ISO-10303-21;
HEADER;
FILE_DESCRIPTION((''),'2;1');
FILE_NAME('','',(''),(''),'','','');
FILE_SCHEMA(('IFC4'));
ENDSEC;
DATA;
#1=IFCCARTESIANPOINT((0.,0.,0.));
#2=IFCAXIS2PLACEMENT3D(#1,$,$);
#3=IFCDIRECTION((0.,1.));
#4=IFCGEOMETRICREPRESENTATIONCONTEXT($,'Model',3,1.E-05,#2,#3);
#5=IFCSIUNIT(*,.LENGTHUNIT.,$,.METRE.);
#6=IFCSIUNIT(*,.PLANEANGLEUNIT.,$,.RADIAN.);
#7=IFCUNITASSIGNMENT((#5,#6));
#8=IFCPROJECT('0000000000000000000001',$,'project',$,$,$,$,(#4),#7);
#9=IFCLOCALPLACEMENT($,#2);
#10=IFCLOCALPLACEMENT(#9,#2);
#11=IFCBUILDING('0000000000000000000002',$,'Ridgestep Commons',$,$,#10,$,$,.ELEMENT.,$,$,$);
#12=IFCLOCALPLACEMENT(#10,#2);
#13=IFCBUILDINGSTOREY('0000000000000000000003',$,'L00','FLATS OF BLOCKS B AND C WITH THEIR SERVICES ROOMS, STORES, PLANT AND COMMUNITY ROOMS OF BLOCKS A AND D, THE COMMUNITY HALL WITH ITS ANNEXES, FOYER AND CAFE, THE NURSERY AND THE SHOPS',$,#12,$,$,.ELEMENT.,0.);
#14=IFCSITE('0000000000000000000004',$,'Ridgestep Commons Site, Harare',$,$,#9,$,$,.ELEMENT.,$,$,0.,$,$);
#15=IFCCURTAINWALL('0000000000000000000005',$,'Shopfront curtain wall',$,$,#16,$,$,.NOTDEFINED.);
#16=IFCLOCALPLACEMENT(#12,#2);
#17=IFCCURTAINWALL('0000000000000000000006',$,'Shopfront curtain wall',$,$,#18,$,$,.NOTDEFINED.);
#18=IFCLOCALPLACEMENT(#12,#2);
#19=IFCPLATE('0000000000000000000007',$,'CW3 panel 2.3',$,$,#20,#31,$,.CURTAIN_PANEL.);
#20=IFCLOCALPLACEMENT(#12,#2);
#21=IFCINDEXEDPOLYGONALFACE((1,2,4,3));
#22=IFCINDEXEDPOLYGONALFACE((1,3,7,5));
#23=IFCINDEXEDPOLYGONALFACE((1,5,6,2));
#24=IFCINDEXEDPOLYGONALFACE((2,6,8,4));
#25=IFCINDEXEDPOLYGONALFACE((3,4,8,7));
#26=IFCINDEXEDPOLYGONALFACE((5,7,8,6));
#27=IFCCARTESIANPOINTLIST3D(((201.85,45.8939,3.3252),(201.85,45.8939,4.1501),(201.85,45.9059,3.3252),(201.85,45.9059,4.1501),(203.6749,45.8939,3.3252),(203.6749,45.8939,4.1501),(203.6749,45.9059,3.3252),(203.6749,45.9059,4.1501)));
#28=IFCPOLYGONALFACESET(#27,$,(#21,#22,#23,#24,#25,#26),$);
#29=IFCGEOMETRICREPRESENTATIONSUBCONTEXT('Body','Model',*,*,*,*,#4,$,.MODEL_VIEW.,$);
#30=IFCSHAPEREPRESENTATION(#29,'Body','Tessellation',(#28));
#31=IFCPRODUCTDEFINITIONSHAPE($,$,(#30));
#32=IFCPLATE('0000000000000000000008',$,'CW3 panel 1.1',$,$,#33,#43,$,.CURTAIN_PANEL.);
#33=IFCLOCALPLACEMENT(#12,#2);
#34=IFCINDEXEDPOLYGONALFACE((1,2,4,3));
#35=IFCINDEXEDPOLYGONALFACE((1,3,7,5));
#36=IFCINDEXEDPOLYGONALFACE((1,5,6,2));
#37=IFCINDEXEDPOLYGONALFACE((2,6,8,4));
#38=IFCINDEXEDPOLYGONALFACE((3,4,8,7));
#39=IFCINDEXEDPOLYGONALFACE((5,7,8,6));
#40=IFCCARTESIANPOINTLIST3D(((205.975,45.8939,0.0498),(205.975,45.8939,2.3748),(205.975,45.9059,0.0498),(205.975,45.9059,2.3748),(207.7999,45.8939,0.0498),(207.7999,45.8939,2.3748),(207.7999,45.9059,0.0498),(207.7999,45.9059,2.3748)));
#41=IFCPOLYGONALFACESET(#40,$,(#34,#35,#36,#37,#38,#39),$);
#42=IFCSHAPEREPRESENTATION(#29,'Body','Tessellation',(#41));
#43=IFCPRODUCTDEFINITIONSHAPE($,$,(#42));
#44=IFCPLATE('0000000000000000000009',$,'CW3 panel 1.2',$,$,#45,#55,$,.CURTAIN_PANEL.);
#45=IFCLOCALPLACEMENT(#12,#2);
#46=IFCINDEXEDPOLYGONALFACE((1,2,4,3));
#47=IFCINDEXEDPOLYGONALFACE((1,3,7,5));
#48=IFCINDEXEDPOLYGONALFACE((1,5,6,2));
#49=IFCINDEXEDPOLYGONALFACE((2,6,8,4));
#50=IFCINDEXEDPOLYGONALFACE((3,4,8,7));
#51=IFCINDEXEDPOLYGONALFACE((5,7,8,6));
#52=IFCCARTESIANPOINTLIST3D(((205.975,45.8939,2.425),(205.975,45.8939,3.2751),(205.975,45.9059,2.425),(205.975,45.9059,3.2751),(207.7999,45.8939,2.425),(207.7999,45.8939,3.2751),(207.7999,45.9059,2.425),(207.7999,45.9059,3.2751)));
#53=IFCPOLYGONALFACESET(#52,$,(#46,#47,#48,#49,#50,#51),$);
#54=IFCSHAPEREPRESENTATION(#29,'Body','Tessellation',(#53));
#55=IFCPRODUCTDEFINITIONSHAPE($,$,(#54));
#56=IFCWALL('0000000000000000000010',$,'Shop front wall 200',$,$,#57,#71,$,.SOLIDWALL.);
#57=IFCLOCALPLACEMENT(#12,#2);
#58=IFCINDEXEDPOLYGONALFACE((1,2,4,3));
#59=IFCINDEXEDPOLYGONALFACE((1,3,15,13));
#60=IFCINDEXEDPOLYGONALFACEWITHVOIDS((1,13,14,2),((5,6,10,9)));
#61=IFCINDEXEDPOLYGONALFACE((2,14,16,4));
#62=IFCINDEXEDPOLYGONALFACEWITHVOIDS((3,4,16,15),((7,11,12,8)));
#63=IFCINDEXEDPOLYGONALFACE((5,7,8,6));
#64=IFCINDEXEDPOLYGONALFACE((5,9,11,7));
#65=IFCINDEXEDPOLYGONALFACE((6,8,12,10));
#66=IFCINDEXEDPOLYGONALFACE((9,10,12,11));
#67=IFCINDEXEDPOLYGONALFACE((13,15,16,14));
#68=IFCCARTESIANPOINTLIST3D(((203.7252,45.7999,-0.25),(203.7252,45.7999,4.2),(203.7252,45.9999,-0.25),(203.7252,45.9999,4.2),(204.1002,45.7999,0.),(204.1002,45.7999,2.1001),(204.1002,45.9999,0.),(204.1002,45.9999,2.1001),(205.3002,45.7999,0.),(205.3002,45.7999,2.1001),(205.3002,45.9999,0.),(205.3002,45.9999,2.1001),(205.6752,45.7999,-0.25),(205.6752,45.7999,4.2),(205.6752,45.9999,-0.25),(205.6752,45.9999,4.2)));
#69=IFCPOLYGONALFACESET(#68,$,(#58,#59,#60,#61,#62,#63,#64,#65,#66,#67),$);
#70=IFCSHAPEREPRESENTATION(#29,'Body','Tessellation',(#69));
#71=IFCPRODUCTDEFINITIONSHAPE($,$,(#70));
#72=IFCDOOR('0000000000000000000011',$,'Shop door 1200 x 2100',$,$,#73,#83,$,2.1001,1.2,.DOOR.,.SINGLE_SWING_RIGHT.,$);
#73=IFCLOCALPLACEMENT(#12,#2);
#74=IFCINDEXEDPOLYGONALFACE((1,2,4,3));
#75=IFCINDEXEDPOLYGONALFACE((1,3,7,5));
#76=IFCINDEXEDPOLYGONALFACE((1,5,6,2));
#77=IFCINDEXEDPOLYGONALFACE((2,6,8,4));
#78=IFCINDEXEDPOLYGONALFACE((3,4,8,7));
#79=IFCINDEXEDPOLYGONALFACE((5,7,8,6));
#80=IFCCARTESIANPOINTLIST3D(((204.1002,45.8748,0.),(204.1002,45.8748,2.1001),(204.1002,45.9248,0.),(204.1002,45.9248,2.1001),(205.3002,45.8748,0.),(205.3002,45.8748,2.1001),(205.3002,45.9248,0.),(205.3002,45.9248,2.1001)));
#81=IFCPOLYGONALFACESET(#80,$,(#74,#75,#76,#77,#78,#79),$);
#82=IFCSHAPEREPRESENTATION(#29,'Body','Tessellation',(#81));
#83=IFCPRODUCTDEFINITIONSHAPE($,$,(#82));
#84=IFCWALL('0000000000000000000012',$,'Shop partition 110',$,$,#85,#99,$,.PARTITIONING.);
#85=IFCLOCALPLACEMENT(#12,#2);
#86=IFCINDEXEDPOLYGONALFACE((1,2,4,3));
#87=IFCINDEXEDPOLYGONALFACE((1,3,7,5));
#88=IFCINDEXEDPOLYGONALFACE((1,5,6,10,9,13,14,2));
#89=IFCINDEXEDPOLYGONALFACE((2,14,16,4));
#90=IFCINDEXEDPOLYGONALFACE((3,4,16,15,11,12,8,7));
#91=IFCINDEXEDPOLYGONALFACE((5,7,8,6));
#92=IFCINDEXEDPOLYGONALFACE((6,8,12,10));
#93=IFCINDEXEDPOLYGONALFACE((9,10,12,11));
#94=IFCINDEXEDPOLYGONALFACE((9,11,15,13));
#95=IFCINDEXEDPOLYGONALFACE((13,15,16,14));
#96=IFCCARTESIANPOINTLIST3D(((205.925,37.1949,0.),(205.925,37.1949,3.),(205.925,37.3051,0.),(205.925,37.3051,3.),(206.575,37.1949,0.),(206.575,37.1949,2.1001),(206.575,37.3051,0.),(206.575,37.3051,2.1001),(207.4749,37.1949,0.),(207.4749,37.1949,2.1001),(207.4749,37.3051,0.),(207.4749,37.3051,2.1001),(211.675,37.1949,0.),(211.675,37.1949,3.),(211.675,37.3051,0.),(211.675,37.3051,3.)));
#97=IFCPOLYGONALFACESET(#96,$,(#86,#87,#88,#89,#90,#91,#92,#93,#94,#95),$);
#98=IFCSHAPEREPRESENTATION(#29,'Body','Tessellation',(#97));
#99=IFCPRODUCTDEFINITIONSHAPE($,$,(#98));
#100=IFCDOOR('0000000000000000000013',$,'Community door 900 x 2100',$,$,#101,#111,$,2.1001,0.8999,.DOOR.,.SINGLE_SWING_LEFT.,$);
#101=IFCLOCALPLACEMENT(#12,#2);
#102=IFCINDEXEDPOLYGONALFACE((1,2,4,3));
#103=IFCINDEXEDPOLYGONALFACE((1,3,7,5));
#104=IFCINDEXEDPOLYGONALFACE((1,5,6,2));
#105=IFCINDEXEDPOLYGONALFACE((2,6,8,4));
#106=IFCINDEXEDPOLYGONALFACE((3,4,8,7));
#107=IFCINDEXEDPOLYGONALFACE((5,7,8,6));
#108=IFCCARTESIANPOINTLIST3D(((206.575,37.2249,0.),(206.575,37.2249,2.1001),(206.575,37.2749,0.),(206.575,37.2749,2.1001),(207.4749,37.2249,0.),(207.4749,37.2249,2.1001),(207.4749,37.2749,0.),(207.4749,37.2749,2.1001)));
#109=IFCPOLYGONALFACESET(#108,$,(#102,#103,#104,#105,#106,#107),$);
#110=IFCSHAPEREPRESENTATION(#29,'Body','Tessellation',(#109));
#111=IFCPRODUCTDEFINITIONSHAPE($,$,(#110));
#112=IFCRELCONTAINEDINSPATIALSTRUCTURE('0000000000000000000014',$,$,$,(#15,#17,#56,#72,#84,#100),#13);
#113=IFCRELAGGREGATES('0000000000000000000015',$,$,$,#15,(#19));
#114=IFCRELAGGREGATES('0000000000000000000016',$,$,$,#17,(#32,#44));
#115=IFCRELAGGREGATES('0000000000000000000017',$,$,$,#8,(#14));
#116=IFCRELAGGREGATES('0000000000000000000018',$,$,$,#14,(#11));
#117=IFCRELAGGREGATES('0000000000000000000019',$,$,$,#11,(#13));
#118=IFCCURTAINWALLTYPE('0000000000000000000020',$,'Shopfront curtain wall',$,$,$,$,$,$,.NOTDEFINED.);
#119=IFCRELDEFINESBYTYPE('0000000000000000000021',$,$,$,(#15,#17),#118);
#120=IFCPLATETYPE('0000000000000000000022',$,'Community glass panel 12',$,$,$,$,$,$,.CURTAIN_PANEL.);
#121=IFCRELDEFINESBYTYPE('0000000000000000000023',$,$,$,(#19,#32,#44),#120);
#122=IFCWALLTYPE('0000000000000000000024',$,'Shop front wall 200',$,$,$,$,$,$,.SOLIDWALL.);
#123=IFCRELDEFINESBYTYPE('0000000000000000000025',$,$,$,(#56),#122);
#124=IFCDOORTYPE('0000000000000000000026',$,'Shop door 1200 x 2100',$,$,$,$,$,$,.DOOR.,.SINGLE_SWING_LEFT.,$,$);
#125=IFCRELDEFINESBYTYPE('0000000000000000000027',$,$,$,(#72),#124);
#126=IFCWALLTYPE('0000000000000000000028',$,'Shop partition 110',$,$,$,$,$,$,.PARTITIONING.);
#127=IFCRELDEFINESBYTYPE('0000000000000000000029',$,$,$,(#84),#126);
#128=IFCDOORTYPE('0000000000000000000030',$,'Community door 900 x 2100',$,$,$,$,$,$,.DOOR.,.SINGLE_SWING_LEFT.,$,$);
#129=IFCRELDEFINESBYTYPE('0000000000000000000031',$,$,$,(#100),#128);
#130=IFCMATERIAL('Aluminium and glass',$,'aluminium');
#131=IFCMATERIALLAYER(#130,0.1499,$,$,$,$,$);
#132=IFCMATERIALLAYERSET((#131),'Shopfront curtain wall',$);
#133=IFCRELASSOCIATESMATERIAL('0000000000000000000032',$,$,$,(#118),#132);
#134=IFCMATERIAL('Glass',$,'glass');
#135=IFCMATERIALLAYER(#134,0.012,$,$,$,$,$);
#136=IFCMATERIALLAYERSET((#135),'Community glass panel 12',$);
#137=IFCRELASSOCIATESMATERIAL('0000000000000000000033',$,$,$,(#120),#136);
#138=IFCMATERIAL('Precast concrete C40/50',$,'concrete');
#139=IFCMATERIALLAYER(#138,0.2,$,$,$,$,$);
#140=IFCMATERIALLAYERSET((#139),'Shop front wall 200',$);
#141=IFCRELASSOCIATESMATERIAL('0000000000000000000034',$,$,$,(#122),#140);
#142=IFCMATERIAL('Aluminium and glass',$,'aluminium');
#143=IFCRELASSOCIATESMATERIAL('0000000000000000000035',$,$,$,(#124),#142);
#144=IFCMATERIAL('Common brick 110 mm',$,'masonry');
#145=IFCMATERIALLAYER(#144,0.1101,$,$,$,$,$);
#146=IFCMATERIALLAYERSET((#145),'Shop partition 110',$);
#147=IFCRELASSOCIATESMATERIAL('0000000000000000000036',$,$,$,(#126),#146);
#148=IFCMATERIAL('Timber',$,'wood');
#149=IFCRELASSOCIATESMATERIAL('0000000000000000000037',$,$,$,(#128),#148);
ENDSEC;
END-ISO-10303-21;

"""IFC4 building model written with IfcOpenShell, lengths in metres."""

from ifc_helpers import new_model, si_unit, direction, frame, frame_2d, origin, origin_2d, place, context, subcontext, project, spatial, rectangle, extrude, material, layer, layer_set, type_object, element, fill, aggregate, save


model = new_model("IFC4")

# Units and contexts
model_context = context("Model", 3, precision=1e-05, world=origin(), true_north=direction((0.0, 1.0)))
body_context = subcontext(model_context, "Body", "Model", "MODEL_VIEW")
ifc_project = project(units=[si_unit("LENGTHUNIT", "METRE"), si_unit("PLANEANGLEUNIT", "RADIAN")], contexts=[model_context])

# Site, building, storey
site_placement = place(None, origin())
site = spatial("IfcSite", under=ifc_project, at=site_placement, Name="Ridgestep Commons Site, Harare", CompositionType="ELEMENT", RefElevation=0.0)
building_placement = place(site_placement, origin())
building = spatial("IfcBuilding", under=site, at=building_placement, Name="Ridgestep Commons", CompositionType="ELEMENT")
storey_placement = place(building_placement, origin())
storey = spatial("IfcBuildingStorey", under=building, at=storey_placement, Name="L00", Description="FLATS OF BLOCKS B AND C WITH THEIR SERVICES ROOMS, STORES, PLANT AND COMMUNITY ROOMS OF BLOCKS A AND D, THE COMMUNITY HALL WITH ITS ANNEXES, FOYER AND CAFE, THE NURSERY AND THE SHOPS", CompositionType="ELEMENT", Elevation=0.0)

# Curtain wall
ifc_material_1 = material(Name="Aluminium and glass", Category="aluminium")
ifc_layer_1 = layer(ifc_material_1, 0.1499)
ifc_layer_set_1 = layer_set([ifc_layer_1], Name="Shopfront curtain wall")
curtain_wall_type = type_object("IfcCurtainWallType", Name="Shopfront curtain wall", PredefinedType="NOTDEFINED", material=ifc_layer_set_1)
curtain_wall_1_placement = place(storey_placement, origin())
curtain_wall_1 = element("IfcCurtainWall", 1, at=curtain_wall_1_placement, inside=storey, type_object=curtain_wall_type, Name="Shopfront curtain wall", PredefinedType="NOTDEFINED")

# Curtain wall
curtain_wall_2_placement = place(storey_placement, origin())
curtain_wall_2 = element("IfcCurtainWall", 2, at=curtain_wall_2_placement, inside=storey, type_object=curtain_wall_type, Name="Shopfront curtain wall", PredefinedType="NOTDEFINED")

# Plates
ifc_material_2 = material(Name="Glass", Category="glass")
ifc_layer_2 = layer(ifc_material_2, 0.012)
ifc_layer_set_2 = layer_set([ifc_layer_2], Name="Community glass panel 12")
plate_type = type_object("IfcPlateType", Name="Community glass panel 12", PredefinedType="CURTAIN_PANEL", material=ifc_layer_set_2)
plate_1_placement = place(storey_placement, frame((202.7625, 45.8999, 3.3252), z_axis=(0.0, 0.0, 1.0), x_axis=(1.0, 0.0, 0.0)))
plate_1 = element("IfcPlate", 3, at=plate_1_placement, type_object=plate_type, Name="CW3 panel 2.3", PredefinedType="CURTAIN_PANEL", context=body_context, shape_type="SweptSolid", body=[
    extrude(rectangle(XDim=1.825, YDim=0.012, at=origin_2d()), origin(), (0.0, 0.0, 1.0), 0.825),
])
aggregate(curtain_wall_1, [plate_1])
plate_2_placement = place(storey_placement, frame((206.8875, 45.8999, 0.0498), z_axis=(0.0, 0.0, 1.0), x_axis=(1.0, 0.0, 0.0)))
plate_2 = element("IfcPlate", 4, at=plate_2_placement, type_object=plate_type, Name="CW3 panel 1.1", PredefinedType="CURTAIN_PANEL", context=body_context, shape_type="SweptSolid", body=[
    extrude(rectangle(XDim=1.825, YDim=0.012, at=origin_2d()), origin(), (0.0, 0.0, 1.0), 2.325),
])
plate_3_placement = place(storey_placement, frame((206.8875, 45.8999, 2.425), z_axis=(0.0, 0.0, 1.0), x_axis=(1.0, 0.0, 0.0)))
plate_3 = element("IfcPlate", 5, at=plate_3_placement, type_object=plate_type, Name="CW3 panel 1.2", PredefinedType="CURTAIN_PANEL", context=body_context, shape_type="SweptSolid", body=[
    extrude(rectangle(XDim=1.825, YDim=0.012, at=origin_2d()), origin(), (0.0, 0.0, 1.0), 0.8501),
])
aggregate(curtain_wall_2, [plate_2, plate_3])

# Walls, openings, doors
ifc_material_3 = material(Name="Precast concrete C40/50", Category="concrete")
ifc_layer_3 = layer(ifc_material_3, 0.2)
ifc_layer_set_3 = layer_set([ifc_layer_3], Name="Shop front wall 200")
wall_type_1 = type_object("IfcWallType", Name="Shop front wall 200", PredefinedType="SOLIDWALL", material=ifc_layer_set_3)
wall_1_placement = place(storey_placement, frame((203.7251, 45.8999, -0.25), z_axis=(0.0, 0.0, 1.0), x_axis=(1.0, 0.0, 0.0)))
wall_1 = element("IfcWall", 6, at=wall_1_placement, inside=storey, type_object=wall_type_1, Name="Shop front wall 200", PredefinedType="SOLIDWALL", context=body_context, shape_type="SweptSolid", body=[
    extrude(rectangle(XDim=1.95, YDim=0.2, at=frame_2d((0.9751, 0.0))), origin(), (0.0, 0.0, 1.0), 4.45),
])
opening_1_placement = place(wall_1_placement, frame((0.375, 0.0, 0.25)))
opening_1 = element("IfcOpeningElement", 7, at=opening_1_placement, cuts=wall_1, PredefinedType="OPENING", context=body_context, shape_type="SweptSolid", body=[
    extrude(rectangle(XDim=1.2, YDim=2.1001, at=frame_2d((0.6001, 1.05))), frame((0.0, 0.1099, 0.0), z_axis=(0.0, -1.0, 0.0), x_axis=(1.0, 0.0, 0.0)), (0.0, 0.0, 1.0), 0.22),
])
ifc_material_4 = material(Name="Aluminium and glass", Category="aluminium")
door_type_1 = type_object("IfcDoorType", Name="Shop door 1200 x 2100", OperationType="SINGLE_SWING_LEFT", PredefinedType="DOOR", material=ifc_material_4)
door_1_placement = place(opening_1_placement, origin())
door_1 = element("IfcDoor", 8, at=door_1_placement, inside=storey, type_object=door_type_1, Name="Shop door 1200 x 2100", OperationType="SINGLE_SWING_RIGHT", OverallHeight=2.1001, OverallWidth=1.2, PredefinedType="DOOR", context=body_context, shape_type="SweptSolid", body=[
    extrude(rectangle(XDim=1.2, YDim=2.1001, at=frame_2d((0.6001, 1.05))), frame((0.0, 0.0249, 0.0), z_axis=(0.0, -1.0, 0.0), x_axis=(1.0, 0.0, 0.0)), (0.0, 0.0, 1.0), 0.05),
])
fill(opening_1, door_1)
ifc_material_5 = material(Name="Common brick 110 mm", Category="masonry")
ifc_layer_4 = layer(ifc_material_5, 0.1101)
ifc_layer_set_4 = layer_set([ifc_layer_4], Name="Shop partition 110")
wall_type_2 = type_object("IfcWallType", Name="Shop partition 110", PredefinedType="PARTITIONING", material=ifc_layer_set_4)
wall_2_placement = place(storey_placement, frame((205.925, 37.25, 0.0), z_axis=(0.0, 0.0, 1.0), x_axis=(1.0, 0.0, 0.0)))
wall_2 = element("IfcWall", 9, at=wall_2_placement, inside=storey, type_object=wall_type_2, Name="Shop partition 110", PredefinedType="PARTITIONING", context=body_context, shape_type="SweptSolid", body=[
    extrude(rectangle(XDim=5.75, YDim=0.1101, at=frame_2d((2.875, 0.0))), origin(), (0.0, 0.0, 1.0), 3.0),
])
opening_2_placement = place(wall_2_placement, frame((0.6499, 0.0, 0.0)))
opening_2 = element("IfcOpeningElement", 10, at=opening_2_placement, cuts=wall_2, PredefinedType="OPENING", context=body_context, shape_type="SweptSolid", body=[
    extrude(rectangle(XDim=0.8999, YDim=2.1001, at=frame_2d((0.45, 1.05))), frame((0.0, 0.0649, 0.0), z_axis=(0.0, -1.0, 0.0), x_axis=(1.0, 0.0, 0.0)), (0.0, 0.0, 1.0), 0.1301),
])
ifc_material_6 = material(Name="Timber", Category="wood")
door_type_2 = type_object("IfcDoorType", Name="Community door 900 x 2100", OperationType="SINGLE_SWING_LEFT", PredefinedType="DOOR", material=ifc_material_6)
door_2_placement = place(opening_2_placement, origin())
door_2 = element("IfcDoor", 11, at=door_2_placement, inside=storey, type_object=door_type_2, Name="Community door 900 x 2100", OperationType="SINGLE_SWING_LEFT", OverallHeight=2.1001, OverallWidth=0.8999, PredefinedType="DOOR", context=body_context, shape_type="SweptSolid", body=[
    extrude(rectangle(XDim=0.8999, YDim=2.1001, at=frame_2d((0.45, 1.05))), frame((0.0, 0.0249, 0.0), z_axis=(0.0, -1.0, 0.0), x_axis=(1.0, 0.0, 0.0)), (0.0, 0.0, 1.0), 0.05),
])
fill(opening_2, door_2)

save(model, "model.ifc")
